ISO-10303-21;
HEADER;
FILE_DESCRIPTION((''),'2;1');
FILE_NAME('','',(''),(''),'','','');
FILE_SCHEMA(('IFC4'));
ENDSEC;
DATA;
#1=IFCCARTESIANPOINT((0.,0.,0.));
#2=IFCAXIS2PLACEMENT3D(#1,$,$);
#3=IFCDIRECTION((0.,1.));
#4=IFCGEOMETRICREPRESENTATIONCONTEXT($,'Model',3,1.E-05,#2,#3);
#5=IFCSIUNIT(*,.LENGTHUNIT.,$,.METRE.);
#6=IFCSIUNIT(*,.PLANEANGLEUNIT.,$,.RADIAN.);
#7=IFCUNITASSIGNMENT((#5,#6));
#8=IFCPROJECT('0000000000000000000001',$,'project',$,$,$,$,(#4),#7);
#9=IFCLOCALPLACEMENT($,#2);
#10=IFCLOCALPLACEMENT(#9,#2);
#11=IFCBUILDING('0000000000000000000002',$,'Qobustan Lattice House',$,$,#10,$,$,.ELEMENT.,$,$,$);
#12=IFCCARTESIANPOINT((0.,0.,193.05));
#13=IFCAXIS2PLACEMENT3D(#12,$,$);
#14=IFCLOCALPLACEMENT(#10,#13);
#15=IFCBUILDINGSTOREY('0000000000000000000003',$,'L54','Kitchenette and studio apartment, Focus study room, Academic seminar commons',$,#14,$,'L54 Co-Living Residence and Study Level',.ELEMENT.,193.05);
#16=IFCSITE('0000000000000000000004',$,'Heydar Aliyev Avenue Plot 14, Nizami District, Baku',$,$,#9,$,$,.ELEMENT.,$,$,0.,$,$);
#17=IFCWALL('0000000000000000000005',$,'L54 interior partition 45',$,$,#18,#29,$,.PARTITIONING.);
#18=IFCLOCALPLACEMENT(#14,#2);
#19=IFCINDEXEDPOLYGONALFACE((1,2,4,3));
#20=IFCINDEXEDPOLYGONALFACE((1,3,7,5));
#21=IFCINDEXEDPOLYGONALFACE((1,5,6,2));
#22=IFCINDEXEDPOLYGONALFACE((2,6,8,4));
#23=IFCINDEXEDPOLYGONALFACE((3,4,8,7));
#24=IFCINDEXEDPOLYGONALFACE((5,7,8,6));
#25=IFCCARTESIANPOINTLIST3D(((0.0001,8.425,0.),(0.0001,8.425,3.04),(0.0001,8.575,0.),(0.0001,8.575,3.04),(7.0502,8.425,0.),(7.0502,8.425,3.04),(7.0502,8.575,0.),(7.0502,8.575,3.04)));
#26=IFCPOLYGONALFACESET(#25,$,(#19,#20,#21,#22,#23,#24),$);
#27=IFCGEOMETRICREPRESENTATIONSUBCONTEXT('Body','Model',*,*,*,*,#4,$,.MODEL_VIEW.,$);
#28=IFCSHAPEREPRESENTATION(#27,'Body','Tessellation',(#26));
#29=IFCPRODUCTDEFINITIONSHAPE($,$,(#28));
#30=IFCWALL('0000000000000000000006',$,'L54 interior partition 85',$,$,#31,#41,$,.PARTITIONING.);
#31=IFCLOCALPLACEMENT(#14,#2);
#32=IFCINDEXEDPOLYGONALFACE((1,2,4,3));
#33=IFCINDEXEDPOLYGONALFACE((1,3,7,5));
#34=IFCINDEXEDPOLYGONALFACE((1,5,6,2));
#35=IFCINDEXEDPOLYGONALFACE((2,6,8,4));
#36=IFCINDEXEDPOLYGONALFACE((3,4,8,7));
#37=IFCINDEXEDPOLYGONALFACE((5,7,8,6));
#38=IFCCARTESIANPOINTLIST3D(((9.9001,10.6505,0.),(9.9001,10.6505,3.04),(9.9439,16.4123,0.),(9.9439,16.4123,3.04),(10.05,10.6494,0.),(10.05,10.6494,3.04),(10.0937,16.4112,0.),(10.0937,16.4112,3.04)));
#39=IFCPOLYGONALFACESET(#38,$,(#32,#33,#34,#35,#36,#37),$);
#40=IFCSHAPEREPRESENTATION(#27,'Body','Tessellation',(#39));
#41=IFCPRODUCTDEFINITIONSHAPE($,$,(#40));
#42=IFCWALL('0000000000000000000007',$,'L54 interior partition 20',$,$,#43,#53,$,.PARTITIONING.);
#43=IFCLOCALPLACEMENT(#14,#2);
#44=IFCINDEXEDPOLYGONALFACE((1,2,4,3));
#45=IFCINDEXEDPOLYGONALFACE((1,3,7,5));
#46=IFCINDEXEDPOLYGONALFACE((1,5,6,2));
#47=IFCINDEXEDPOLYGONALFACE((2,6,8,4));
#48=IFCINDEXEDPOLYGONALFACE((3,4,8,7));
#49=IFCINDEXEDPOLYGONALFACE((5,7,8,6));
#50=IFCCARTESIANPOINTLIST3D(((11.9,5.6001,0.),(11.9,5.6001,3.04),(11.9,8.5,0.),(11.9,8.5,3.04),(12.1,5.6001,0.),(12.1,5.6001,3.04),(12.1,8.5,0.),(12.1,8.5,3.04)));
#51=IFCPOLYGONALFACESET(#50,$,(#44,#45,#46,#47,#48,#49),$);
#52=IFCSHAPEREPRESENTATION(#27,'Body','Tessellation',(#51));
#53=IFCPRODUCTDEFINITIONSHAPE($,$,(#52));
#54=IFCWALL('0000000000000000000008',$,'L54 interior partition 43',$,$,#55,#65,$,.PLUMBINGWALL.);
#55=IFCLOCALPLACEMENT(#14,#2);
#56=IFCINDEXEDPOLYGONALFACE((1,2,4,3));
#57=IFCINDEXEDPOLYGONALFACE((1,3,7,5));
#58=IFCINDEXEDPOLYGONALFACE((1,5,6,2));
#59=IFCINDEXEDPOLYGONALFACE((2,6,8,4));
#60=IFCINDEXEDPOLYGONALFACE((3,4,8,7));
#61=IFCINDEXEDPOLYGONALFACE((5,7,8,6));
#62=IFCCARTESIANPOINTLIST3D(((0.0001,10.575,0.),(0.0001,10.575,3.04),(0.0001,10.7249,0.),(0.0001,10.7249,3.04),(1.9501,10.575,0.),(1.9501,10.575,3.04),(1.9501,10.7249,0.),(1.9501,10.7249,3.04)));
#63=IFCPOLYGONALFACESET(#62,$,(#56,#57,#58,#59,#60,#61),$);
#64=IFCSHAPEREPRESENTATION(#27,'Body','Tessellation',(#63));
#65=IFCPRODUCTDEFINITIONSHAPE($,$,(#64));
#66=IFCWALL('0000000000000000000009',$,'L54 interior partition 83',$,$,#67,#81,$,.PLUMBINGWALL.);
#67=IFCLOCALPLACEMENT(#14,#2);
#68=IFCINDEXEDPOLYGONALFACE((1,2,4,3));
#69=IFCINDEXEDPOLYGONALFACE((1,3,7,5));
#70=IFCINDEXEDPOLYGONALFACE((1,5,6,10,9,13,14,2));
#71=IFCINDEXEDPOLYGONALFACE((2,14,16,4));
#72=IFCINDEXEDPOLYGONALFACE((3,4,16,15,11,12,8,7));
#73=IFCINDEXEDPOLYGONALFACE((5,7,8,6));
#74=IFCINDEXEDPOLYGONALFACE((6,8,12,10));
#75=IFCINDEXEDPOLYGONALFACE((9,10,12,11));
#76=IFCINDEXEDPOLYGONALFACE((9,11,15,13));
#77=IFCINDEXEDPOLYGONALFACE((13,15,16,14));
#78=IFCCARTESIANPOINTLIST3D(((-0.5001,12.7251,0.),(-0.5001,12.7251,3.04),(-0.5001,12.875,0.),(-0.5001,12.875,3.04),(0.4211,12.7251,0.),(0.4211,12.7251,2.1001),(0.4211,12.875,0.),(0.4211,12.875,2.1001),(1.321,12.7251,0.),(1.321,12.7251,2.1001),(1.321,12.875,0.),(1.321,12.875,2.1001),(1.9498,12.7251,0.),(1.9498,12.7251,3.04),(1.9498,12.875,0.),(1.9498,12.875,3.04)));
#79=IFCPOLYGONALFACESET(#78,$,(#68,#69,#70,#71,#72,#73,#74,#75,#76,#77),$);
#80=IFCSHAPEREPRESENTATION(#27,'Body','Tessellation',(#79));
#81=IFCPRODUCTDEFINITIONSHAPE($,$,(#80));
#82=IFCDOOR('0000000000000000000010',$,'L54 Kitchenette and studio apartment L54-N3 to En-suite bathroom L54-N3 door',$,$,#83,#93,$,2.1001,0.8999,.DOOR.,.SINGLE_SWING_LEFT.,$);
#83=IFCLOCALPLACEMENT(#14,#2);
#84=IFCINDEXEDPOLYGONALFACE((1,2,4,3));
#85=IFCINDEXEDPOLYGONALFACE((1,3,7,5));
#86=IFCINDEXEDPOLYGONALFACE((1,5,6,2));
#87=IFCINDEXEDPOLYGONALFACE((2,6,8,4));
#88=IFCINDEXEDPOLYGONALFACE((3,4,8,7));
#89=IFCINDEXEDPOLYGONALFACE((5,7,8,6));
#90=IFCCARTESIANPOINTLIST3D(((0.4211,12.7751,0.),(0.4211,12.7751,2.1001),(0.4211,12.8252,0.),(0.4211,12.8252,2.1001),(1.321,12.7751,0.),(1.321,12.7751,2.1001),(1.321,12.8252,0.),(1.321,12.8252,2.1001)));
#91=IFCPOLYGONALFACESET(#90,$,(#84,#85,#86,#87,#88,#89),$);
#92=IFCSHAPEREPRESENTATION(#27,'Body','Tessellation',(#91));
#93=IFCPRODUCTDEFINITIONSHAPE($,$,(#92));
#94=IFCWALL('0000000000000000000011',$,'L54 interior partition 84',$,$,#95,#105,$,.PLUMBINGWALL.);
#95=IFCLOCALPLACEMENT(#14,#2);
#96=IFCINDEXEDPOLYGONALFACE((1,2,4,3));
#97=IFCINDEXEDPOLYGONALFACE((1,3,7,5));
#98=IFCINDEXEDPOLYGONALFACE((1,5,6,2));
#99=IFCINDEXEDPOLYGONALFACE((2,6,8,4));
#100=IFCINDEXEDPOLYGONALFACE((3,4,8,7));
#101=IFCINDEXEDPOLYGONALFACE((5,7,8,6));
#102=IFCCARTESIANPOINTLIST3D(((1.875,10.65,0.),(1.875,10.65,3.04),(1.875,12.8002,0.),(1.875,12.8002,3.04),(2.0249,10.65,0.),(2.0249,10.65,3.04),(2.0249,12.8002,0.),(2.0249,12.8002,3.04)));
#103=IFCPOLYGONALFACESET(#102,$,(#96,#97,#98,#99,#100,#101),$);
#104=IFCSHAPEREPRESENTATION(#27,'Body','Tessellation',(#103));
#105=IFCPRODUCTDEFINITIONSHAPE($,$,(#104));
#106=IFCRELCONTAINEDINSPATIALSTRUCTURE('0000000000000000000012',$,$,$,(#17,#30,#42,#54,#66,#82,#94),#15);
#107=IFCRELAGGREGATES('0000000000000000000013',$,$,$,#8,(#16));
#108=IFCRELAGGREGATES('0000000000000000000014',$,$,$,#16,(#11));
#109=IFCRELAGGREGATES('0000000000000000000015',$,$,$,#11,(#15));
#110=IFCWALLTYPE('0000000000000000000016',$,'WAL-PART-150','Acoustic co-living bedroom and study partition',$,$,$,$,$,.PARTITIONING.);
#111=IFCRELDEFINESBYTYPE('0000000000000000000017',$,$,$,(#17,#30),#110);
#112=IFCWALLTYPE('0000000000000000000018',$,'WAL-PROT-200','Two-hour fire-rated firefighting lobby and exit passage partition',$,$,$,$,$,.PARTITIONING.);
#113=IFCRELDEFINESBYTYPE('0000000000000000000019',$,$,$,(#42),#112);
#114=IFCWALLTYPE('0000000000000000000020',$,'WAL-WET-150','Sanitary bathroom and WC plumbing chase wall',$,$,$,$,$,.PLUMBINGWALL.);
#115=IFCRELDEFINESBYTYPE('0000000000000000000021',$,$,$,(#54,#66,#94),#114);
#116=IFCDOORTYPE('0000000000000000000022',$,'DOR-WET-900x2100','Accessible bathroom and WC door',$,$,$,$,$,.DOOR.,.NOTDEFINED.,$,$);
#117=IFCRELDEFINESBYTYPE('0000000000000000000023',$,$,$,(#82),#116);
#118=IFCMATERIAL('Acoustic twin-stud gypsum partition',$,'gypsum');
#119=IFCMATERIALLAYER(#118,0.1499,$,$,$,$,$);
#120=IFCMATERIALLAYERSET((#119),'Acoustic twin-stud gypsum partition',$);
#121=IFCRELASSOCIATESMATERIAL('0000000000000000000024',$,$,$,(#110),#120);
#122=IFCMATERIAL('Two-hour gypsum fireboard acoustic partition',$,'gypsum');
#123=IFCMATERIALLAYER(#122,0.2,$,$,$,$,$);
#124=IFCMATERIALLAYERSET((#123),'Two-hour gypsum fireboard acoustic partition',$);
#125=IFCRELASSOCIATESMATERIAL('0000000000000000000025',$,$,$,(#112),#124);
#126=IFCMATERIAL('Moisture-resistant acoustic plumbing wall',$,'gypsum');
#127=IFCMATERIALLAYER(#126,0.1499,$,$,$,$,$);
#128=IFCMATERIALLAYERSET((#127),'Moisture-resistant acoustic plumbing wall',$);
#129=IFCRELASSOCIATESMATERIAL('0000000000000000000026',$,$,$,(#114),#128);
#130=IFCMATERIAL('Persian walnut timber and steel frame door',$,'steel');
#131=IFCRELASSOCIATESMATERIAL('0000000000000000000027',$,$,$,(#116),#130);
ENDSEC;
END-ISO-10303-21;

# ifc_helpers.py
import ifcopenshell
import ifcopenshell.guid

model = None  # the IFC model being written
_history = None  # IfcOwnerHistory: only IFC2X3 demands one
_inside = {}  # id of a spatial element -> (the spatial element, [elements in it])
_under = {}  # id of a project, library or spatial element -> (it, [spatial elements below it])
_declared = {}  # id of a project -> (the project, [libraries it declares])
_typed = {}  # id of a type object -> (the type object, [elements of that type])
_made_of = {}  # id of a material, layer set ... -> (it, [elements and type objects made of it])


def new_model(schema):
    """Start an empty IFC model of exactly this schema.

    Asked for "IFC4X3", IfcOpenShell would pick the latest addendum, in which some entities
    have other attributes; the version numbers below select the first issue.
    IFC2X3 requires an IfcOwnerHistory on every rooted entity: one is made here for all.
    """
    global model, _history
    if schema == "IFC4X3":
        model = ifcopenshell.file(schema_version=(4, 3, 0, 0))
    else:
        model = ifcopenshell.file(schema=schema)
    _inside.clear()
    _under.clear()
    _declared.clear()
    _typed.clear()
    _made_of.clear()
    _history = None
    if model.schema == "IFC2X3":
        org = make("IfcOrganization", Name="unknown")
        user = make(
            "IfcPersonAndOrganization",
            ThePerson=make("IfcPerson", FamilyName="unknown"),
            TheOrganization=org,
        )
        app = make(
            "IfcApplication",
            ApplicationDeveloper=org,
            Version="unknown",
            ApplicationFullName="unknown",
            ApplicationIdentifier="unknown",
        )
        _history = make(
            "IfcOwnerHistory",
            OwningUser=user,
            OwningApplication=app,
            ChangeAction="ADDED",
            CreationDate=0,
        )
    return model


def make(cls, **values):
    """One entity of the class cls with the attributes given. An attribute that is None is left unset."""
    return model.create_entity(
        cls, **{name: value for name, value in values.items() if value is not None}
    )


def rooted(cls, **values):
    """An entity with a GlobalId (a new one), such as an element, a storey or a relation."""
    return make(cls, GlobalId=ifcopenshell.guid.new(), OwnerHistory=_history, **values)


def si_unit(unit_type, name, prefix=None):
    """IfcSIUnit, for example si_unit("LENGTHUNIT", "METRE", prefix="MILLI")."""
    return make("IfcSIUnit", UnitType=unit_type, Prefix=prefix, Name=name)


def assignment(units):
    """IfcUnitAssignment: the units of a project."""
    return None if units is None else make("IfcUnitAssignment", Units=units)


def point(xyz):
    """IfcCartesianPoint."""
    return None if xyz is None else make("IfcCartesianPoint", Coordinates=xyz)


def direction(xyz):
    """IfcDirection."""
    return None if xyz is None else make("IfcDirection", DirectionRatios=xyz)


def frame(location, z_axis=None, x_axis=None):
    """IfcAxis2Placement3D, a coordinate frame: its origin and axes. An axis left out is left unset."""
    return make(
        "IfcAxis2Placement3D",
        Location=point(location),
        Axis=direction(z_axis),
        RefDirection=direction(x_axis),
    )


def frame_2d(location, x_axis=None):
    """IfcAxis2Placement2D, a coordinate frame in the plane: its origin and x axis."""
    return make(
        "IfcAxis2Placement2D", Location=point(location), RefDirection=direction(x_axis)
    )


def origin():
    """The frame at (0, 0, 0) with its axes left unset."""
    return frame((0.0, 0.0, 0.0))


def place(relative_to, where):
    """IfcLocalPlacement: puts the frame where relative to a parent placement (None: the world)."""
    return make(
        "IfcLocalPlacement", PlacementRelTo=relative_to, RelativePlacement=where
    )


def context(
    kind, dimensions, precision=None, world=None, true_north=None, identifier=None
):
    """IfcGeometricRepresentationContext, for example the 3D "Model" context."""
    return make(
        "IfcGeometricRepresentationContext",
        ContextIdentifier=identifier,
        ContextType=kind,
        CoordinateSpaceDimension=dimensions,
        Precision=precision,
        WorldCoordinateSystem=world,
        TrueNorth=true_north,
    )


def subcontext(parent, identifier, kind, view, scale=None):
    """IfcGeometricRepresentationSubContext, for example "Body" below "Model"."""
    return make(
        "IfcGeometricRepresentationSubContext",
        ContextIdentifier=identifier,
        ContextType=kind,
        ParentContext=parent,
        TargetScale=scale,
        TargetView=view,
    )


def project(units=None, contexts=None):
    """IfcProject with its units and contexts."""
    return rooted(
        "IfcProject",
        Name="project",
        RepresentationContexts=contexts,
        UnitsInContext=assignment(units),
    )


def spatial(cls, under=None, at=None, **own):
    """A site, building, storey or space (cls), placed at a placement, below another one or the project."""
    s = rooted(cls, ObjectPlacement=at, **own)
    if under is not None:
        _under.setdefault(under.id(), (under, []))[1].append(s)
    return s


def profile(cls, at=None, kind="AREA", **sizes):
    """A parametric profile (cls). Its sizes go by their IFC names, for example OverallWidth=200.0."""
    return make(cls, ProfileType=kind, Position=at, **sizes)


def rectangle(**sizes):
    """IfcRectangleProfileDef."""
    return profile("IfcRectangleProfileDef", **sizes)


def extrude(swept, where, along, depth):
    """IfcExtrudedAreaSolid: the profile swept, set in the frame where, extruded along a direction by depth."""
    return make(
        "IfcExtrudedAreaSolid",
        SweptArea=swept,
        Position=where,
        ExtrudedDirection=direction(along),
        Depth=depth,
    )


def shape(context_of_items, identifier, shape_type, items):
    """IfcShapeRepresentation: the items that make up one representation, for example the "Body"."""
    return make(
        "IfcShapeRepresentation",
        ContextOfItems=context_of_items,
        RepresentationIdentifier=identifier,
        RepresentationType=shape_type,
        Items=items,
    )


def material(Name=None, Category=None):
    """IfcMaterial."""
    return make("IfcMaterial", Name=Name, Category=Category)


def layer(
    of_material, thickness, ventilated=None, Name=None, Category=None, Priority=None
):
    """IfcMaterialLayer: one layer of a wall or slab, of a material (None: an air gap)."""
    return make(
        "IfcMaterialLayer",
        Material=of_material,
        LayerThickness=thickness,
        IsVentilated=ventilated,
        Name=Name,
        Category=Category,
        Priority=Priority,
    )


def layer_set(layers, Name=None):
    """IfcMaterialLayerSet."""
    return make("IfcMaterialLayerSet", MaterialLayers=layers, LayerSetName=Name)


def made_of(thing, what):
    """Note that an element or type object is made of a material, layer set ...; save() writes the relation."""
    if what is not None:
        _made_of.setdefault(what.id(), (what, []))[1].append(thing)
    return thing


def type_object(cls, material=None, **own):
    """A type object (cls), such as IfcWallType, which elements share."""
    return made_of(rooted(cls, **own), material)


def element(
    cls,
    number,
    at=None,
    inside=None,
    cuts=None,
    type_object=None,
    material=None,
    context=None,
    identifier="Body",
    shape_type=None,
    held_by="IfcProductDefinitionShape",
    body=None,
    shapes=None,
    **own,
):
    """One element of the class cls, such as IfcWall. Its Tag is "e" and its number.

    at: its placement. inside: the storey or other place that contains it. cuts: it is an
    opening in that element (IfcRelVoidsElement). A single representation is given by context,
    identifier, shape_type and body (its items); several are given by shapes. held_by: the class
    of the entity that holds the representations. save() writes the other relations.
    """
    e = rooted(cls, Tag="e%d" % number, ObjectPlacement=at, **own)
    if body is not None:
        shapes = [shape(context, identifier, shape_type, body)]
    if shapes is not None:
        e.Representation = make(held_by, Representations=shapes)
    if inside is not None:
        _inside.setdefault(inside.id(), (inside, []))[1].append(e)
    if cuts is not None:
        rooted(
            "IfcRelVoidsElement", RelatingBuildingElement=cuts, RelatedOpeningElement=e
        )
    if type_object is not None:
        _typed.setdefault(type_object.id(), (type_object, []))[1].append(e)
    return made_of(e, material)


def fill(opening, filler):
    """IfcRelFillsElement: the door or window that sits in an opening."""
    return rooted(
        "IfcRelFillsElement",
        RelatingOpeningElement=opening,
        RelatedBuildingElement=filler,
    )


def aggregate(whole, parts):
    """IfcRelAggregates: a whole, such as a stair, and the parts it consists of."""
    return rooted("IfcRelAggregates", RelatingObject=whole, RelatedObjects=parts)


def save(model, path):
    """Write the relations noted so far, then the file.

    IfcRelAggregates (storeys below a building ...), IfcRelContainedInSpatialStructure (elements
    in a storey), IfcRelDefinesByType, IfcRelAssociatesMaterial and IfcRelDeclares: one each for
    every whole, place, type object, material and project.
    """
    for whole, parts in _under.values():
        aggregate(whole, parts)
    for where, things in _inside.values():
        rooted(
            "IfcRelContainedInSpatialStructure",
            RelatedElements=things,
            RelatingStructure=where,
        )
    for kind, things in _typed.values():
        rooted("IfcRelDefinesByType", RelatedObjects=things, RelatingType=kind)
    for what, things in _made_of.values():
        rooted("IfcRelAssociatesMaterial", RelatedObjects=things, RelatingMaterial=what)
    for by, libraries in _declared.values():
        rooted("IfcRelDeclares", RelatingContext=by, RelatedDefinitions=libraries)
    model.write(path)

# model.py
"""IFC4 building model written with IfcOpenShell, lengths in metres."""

from ifc_helpers import new_model, si_unit, direction, frame, frame_2d, origin, place, context, subcontext, project, spatial, rectangle, extrude, material, layer, layer_set, type_object, element, fill, save


model = new_model("IFC4")

# Units and contexts
model_context = context("Model", 3, precision=1e-05, world=origin(), true_north=direction((0.0, 1.0)))
body_context = subcontext(model_context, "Body", "Model", "MODEL_VIEW")
ifc_project = project(units=[si_unit("LENGTHUNIT", "METRE"), si_unit("PLANEANGLEUNIT", "RADIAN")], contexts=[model_context])

# Site, building, storey
site_placement = place(None, origin())
site = spatial("IfcSite", under=ifc_project, at=site_placement, Name="Heydar Aliyev Avenue Plot 14, Nizami District, Baku", CompositionType="ELEMENT", RefElevation=0.0)
building_placement = place(site_placement, origin())
building = spatial("IfcBuilding", under=site, at=building_placement, Name="Qobustan Lattice House", CompositionType="ELEMENT")
storey_placement = place(building_placement, frame((0.0, 0.0, 193.05)))
storey = spatial("IfcBuildingStorey", under=building, at=storey_placement, Name="L54", Description="Kitchenette and studio apartment, Focus study room, Academic seminar commons", LongName="L54 Co-Living Residence and Study Level", CompositionType="ELEMENT", Elevation=193.05)

# Shared definitions
ifc_material_1 = material(Name="Acoustic twin-stud gypsum partition", Category="gypsum")
ifc_layer_1 = layer(ifc_material_1, 0.1499)
ifc_layer_set_1 = layer_set([ifc_layer_1], Name="Acoustic twin-stud gypsum partition")
wall_type_1 = type_object("IfcWallType", Name="WAL-PART-150", Description="Acoustic co-living bedroom and study partition", PredefinedType="PARTITIONING", material=ifc_layer_set_1)

# Walls
wall_1_placement = place(storey_placement, frame((7.05, 8.5, 0.0), z_axis=(0.0, 0.0, 1.0), x_axis=(-1.0, 0.0, 0.0)))
element("IfcWall", 1, at=wall_1_placement, inside=storey, type_object=wall_type_1, Name="L54 interior partition 45", PredefinedType="PARTITIONING", context=body_context, shape_type="SweptSolid", body=[
    extrude(rectangle(XDim=7.05, YDim=0.1499, at=frame_2d((3.5249, 0.0))), origin(), (0.0, 0.0, 1.0), 3.04),
])
wall_2_placement = place(storey_placement, frame((10.0188, 16.4116, 0.0), z_axis=(0.0, 0.0, 1.0), x_axis=(-0.007585, -0.999971, 0.0)))
element("IfcWall", 2, at=wall_2_placement, inside=storey, type_object=wall_type_1, Name="L54 interior partition 85", PredefinedType="PARTITIONING", context=body_context, shape_type="SweptSolid", body=[
    extrude(rectangle(XDim=5.762, YDim=0.1499, at=frame_2d((2.8809, 0.0))), origin(), (0.0, 0.0, 1.0), 3.04),
])
ifc_material_2 = material(Name="Two-hour gypsum fireboard acoustic partition", Category="gypsum")
ifc_layer_2 = layer(ifc_material_2, 0.2)
ifc_layer_set_2 = layer_set([ifc_layer_2], Name="Two-hour gypsum fireboard acoustic partition")
wall_type_2 = type_object("IfcWallType", Name="WAL-PROT-200", Description="Two-hour fire-rated firefighting lobby and exit passage partition", PredefinedType="PARTITIONING", material=ifc_layer_set_2)
wall_3_placement = place(storey_placement, frame((12.0, 8.5, 0.0), z_axis=(0.0, 0.0, 1.0), x_axis=(0.0, -1.0, 0.0)))
element("IfcWall", 3, at=wall_3_placement, inside=storey, type_object=wall_type_2, Name="L54 interior partition 20", PredefinedType="PARTITIONING", context=body_context, shape_type="SweptSolid", body=[
    extrude(rectangle(XDim=2.8999, YDim=0.2, at=frame_2d((1.45, 0.0))), origin(), (0.0, 0.0, 1.0), 3.04),
])
ifc_material_3 = material(Name="Moisture-resistant acoustic plumbing wall", Category="gypsum")
ifc_layer_3 = layer(ifc_material_3, 0.1499)
ifc_layer_set_3 = layer_set([ifc_layer_3], Name="Moisture-resistant acoustic plumbing wall")
wall_type_3 = type_object("IfcWallType", Name="WAL-WET-150", Description="Sanitary bathroom and WC plumbing chase wall", PredefinedType="PLUMBINGWALL", material=ifc_layer_set_3)
wall_4_placement = place(storey_placement, frame((0.0, 10.6499, 0.0), z_axis=(0.0, 0.0, 1.0), x_axis=(1.0, 0.0, 0.0)))
element("IfcWall", 4, at=wall_4_placement, inside=storey, type_object=wall_type_3, Name="L54 interior partition 43", PredefinedType="PLUMBINGWALL", context=body_context, shape_type="SweptSolid", body=[
    extrude(rectangle(XDim=1.95, YDim=0.1499, at=frame_2d((0.9751, 0.0))), origin(), (0.0, 0.0, 1.0), 3.04),
])

# Wall, opening, door
wall_5_placement = place(storey_placement, frame((1.95, 12.8, 0.0), z_axis=(0.0, 0.0, 1.0), x_axis=(-1.0, 0.0, 0.0)))
wall_5 = element("IfcWall", 5, at=wall_5_placement, inside=storey, type_object=wall_type_3, Name="L54 interior partition 83", PredefinedType="PLUMBINGWALL", context=body_context, shape_type="SweptSolid", body=[
    extrude(rectangle(XDim=2.45, YDim=0.1499, at=frame_2d((1.2251, 0.0))), origin(), (0.0, 0.0, 1.0), 3.04),
])
opening_1_placement = place(wall_5_placement, frame((0.6289, 0.0, 0.0)))
opening_1 = element("IfcOpeningElement", 6, at=opening_1_placement, cuts=wall_5, PredefinedType="OPENING", context=body_context, shape_type="SweptSolid", body=[
    extrude(rectangle(XDim=0.8999, YDim=2.1001, at=frame_2d((0.45, 1.05))), frame((0.0, 0.085, 0.0), z_axis=(0.0, -1.0, 0.0), x_axis=(1.0, 0.0, 0.0)), (0.0, 0.0, 1.0), 0.1699),
])
ifc_material_4 = material(Name="Persian walnut timber and steel frame door", Category="steel")
door_type_1 = type_object("IfcDoorType", Name="DOR-WET-900x2100", Description="Accessible bathroom and WC door", OperationType="NOTDEFINED", PredefinedType="DOOR", material=ifc_material_4)
door_1_placement = place(opening_1_placement, origin())
door_1 = element("IfcDoor", 7, at=door_1_placement, inside=storey, type_object=door_type_1, Name="L54 Kitchenette and studio apartment L54-N3 to En-suite bathroom L54-N3 door", OperationType="SINGLE_SWING_LEFT", OverallHeight=2.1001, OverallWidth=0.8999, PredefinedType="DOOR", context=body_context, shape_type="SweptSolid", body=[
    extrude(rectangle(XDim=0.8999, YDim=2.1001, at=frame_2d((0.45, 1.05))), frame((0.0, 0.0249, 0.0), z_axis=(0.0, -1.0, 0.0), x_axis=(1.0, 0.0, 0.0)), (0.0, 0.0, 1.0), 0.05),
])
fill(opening_1, door_1)

# Wall
wall_6_placement = place(storey_placement, frame((1.95, 10.6499, 0.0), z_axis=(0.0, 0.0, 1.0), x_axis=(0.0, 1.0, 0.0)))
element("IfcWall", 8, at=wall_6_placement, inside=storey, type_object=wall_type_3, Name="L54 interior partition 84", PredefinedType="PLUMBINGWALL", context=body_context, shape_type="SweptSolid", body=[
    extrude(rectangle(XDim=2.1501, YDim=0.1499, at=frame_2d((1.0752, 0.0))), origin(), (0.0, 0.0, 1.0), 3.04),
])

save(model, "model.ifc")
